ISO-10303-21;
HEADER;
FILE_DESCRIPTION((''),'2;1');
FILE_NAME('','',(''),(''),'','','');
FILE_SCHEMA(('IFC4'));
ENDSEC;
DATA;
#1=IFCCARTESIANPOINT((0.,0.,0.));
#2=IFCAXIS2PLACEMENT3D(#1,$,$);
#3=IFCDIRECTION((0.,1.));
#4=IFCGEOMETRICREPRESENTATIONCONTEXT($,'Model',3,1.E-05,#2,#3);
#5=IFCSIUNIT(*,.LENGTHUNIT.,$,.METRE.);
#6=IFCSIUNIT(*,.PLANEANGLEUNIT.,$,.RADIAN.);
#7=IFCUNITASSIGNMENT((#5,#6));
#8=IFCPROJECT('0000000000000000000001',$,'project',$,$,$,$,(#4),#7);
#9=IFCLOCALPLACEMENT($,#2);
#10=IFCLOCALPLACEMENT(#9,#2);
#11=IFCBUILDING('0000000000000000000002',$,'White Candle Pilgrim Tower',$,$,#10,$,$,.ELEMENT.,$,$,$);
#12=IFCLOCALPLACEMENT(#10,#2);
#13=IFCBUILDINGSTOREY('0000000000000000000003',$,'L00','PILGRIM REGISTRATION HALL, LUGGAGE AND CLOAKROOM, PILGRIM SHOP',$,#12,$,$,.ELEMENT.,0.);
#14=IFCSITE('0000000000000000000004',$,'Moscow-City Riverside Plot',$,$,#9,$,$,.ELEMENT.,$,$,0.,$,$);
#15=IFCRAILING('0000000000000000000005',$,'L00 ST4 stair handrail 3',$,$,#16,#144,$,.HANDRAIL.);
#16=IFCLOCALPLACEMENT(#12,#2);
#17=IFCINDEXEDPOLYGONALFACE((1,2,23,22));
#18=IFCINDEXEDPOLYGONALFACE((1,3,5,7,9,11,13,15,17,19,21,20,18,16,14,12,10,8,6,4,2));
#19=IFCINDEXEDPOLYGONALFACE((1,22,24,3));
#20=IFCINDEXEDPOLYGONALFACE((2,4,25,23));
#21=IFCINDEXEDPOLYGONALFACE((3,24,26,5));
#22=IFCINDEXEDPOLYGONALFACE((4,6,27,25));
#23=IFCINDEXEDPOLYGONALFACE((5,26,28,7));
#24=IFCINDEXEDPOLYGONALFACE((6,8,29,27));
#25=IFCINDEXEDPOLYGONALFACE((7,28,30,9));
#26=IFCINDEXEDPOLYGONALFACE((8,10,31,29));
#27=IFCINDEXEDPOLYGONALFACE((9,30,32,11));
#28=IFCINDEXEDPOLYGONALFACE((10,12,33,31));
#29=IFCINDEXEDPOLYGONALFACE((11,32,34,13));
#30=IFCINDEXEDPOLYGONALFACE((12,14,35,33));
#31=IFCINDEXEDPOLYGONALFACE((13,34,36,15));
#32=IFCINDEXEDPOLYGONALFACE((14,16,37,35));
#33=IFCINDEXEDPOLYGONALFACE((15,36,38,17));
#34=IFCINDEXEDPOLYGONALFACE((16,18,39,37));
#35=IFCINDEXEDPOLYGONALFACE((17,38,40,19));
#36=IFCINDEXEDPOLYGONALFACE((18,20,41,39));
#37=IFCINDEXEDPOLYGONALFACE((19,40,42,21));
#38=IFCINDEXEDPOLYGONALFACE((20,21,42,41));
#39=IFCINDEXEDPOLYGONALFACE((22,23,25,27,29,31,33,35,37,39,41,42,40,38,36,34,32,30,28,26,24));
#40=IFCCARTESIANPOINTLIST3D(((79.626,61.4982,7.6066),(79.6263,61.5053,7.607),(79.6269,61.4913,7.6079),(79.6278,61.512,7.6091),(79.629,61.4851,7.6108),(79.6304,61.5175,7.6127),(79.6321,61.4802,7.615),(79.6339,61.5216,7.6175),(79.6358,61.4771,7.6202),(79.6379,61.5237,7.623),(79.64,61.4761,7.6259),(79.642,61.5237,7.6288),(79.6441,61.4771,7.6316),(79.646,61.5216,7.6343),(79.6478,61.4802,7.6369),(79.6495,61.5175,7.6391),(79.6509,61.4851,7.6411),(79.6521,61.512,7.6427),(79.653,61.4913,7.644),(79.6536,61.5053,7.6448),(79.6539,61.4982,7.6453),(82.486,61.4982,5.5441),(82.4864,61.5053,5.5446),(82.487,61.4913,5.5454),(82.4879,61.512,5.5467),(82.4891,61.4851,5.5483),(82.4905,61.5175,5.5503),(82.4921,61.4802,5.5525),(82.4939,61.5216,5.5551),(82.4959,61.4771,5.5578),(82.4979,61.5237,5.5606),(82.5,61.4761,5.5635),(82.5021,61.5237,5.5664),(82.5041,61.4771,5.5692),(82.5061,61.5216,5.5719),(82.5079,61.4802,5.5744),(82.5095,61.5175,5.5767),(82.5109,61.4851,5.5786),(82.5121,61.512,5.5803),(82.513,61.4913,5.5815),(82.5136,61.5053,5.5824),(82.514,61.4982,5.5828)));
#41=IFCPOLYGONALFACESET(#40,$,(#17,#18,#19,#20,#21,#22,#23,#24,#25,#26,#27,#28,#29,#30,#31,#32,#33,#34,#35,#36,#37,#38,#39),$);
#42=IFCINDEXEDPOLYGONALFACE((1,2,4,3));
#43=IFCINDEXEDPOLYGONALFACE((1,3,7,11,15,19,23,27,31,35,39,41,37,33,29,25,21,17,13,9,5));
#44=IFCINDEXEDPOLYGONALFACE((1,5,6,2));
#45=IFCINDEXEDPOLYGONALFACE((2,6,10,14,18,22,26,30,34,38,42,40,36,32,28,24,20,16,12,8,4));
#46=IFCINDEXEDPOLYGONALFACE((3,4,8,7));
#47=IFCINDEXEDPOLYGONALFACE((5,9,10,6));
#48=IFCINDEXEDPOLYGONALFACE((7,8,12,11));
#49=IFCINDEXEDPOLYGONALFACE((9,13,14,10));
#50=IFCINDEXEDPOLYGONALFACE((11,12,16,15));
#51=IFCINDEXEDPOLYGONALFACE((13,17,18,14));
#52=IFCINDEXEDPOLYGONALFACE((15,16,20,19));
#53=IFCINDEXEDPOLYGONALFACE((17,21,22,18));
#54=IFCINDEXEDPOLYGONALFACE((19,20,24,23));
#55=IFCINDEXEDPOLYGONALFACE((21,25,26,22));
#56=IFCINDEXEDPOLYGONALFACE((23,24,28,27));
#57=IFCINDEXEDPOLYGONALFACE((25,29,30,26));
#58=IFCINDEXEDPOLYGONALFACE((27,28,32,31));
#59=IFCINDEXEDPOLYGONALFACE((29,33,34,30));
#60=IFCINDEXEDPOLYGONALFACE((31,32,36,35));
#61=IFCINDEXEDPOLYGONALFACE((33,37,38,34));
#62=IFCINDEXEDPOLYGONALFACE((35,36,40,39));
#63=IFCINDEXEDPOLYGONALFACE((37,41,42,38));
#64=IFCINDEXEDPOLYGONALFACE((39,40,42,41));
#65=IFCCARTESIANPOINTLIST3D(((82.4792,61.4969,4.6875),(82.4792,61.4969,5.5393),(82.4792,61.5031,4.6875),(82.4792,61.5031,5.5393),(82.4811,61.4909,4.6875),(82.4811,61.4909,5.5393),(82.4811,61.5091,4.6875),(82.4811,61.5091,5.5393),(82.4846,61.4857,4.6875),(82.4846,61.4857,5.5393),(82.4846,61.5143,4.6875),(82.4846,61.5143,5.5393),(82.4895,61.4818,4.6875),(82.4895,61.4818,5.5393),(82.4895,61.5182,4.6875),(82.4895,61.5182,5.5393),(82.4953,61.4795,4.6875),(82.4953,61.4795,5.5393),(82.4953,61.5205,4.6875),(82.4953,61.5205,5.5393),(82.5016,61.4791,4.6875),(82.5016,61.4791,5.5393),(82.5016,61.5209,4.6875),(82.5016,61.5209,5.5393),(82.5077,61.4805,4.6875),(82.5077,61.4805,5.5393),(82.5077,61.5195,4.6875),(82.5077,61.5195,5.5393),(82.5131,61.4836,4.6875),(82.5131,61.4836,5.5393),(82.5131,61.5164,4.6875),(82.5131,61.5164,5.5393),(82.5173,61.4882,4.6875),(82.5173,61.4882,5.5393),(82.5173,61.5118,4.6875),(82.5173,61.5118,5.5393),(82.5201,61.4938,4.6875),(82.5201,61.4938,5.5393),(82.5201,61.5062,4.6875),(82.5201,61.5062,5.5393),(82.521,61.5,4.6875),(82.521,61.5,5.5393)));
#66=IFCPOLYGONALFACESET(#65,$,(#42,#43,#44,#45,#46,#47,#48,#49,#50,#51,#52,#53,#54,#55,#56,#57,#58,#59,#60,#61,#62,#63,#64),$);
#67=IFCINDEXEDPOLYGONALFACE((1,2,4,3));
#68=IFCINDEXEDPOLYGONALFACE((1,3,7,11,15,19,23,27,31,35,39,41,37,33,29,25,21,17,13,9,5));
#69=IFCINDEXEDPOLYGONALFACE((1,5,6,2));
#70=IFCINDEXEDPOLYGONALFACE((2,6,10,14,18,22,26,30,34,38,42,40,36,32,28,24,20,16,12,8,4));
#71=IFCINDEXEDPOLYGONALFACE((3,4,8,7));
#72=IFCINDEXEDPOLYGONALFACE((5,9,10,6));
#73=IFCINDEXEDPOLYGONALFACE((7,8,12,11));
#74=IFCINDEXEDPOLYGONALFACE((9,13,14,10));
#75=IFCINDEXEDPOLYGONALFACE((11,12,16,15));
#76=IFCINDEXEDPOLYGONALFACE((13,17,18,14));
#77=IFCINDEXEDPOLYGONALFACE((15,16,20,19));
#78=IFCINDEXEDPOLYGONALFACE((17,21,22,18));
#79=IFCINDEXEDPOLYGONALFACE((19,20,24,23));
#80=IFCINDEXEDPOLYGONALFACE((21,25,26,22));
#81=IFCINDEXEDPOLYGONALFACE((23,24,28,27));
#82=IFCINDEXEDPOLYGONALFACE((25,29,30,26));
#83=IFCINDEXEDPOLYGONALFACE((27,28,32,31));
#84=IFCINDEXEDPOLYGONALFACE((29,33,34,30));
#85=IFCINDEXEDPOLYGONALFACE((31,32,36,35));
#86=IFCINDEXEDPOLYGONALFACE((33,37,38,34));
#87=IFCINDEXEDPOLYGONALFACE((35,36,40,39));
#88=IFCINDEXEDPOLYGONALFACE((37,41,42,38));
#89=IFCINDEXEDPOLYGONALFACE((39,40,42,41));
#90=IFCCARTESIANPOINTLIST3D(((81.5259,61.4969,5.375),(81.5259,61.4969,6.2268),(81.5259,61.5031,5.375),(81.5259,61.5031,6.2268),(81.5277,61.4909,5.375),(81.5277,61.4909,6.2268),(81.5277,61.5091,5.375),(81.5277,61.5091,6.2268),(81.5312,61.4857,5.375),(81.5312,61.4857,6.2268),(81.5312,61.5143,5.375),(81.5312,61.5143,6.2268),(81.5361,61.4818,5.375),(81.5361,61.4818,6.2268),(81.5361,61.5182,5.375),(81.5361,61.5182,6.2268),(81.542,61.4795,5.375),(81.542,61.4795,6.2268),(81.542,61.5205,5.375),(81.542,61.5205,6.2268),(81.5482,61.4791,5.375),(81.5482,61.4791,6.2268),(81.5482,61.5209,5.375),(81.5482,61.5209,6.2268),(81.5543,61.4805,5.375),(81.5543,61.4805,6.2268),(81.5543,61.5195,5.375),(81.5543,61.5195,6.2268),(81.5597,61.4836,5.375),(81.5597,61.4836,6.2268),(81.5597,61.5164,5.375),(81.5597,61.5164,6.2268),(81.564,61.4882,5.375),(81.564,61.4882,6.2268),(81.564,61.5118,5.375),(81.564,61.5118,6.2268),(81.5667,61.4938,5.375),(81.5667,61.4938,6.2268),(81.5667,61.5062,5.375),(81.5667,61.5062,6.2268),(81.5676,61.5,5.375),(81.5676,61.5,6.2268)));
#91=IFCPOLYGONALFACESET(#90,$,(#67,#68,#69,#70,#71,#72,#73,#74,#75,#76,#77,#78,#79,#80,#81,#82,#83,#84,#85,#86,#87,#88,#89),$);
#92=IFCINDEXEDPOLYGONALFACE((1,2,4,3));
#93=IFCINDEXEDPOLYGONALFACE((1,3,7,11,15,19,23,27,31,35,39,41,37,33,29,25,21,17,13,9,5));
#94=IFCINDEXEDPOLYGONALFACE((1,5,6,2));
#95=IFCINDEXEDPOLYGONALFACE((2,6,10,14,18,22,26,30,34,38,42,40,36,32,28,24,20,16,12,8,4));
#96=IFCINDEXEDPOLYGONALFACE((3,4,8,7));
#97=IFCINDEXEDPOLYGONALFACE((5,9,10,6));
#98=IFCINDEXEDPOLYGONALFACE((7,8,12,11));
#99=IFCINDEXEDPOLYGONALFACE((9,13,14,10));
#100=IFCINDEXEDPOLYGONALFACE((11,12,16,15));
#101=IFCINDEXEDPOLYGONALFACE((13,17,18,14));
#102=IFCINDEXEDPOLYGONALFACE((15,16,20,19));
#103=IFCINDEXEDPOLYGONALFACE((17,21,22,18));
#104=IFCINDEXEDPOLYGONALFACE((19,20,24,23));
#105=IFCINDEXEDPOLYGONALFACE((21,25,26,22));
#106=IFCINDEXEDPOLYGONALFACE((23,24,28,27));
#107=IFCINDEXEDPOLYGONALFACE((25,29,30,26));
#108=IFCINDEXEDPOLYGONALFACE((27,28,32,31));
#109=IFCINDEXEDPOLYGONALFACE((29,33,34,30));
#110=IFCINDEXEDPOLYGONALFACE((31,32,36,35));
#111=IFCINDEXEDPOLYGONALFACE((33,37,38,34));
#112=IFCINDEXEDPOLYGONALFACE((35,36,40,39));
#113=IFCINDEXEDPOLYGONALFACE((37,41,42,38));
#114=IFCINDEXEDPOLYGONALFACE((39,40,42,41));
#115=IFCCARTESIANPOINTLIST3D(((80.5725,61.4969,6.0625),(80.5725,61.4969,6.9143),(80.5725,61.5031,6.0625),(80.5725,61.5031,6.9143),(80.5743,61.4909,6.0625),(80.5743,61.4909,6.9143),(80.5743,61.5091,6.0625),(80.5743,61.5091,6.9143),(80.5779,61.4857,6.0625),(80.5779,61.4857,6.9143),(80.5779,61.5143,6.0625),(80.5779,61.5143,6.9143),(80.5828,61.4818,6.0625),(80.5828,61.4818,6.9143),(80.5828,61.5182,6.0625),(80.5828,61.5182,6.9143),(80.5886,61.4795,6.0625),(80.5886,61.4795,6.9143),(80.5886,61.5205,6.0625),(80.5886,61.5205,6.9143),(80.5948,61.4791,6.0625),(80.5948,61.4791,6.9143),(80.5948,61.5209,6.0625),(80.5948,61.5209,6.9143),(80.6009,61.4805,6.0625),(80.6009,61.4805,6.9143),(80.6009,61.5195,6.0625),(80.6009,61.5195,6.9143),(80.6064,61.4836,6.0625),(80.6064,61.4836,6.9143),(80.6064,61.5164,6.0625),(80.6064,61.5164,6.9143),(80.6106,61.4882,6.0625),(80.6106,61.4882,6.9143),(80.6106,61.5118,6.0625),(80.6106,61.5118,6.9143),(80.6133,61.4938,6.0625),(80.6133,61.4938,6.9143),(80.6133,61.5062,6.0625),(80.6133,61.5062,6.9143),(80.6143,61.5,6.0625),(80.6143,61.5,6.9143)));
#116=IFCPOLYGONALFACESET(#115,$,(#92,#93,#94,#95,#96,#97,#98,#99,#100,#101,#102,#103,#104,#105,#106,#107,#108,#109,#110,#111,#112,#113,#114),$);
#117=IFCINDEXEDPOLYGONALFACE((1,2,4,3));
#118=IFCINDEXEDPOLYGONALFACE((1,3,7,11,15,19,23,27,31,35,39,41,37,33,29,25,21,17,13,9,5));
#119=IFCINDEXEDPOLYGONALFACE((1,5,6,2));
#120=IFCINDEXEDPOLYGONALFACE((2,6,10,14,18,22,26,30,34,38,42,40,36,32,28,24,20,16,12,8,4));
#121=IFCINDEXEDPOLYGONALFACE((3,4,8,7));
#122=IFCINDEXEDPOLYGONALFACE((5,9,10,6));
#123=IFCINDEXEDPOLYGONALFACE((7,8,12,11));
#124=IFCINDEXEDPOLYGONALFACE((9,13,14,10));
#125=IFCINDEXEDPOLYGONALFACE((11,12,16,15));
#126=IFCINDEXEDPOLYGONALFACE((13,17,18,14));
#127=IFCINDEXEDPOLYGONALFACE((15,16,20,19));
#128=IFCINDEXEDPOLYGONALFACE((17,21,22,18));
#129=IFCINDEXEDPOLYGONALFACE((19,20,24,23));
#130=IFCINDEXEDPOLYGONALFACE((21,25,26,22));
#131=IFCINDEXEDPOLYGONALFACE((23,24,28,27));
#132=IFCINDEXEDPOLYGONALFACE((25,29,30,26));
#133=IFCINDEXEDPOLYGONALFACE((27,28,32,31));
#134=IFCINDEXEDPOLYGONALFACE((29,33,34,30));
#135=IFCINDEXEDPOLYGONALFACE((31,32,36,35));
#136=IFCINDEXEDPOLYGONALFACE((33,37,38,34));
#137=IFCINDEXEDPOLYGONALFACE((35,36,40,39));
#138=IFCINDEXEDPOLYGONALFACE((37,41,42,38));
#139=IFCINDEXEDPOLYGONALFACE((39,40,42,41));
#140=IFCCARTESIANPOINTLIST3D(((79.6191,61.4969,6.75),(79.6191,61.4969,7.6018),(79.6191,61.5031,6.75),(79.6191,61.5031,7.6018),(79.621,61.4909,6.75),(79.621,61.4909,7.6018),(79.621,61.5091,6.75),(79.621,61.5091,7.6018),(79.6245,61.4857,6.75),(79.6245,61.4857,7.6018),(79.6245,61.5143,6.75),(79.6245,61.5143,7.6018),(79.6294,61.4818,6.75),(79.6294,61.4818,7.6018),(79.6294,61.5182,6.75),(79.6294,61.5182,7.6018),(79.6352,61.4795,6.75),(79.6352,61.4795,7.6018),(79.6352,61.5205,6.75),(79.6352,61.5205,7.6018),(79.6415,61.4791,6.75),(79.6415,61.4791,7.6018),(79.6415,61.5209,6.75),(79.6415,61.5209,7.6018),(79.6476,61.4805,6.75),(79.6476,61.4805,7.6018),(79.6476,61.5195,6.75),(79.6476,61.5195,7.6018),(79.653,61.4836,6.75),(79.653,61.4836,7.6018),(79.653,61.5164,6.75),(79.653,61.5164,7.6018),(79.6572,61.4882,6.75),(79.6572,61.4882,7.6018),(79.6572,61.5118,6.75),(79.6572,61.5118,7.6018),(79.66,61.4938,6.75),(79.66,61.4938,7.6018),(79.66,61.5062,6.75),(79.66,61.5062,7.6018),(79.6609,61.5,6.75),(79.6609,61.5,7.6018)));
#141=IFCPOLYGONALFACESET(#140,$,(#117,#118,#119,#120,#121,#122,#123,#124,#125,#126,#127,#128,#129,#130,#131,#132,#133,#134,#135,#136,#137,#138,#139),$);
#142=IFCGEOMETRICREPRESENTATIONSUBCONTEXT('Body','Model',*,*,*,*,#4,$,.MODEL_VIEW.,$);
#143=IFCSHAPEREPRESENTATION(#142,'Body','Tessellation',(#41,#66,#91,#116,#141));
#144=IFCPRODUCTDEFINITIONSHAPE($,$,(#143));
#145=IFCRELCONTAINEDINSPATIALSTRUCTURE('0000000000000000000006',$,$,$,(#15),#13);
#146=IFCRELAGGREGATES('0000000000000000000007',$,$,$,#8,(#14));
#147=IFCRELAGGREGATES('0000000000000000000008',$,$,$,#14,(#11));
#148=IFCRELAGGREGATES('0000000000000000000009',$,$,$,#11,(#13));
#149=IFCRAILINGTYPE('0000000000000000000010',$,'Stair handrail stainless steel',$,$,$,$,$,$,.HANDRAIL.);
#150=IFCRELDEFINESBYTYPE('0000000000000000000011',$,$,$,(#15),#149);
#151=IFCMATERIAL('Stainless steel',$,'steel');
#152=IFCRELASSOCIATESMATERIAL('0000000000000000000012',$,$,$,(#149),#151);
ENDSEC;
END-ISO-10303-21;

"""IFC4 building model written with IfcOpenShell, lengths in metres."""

from ifc_helpers import new_model, si_unit, direction, frame, origin, origin_2d, place, context, subcontext, project, spatial, circle, extrude, material, type_object, element, save


model = new_model("IFC4")

# Units and contexts
model_context = context("Model", 3, precision=1e-05, world=origin(), true_north=direction((0.0, 1.0)))
body_context = subcontext(model_context, "Body", "Model", "MODEL_VIEW")
ifc_project = project(units=[si_unit("LENGTHUNIT", "METRE"), si_unit("PLANEANGLEUNIT", "RADIAN")], contexts=[model_context])

# Site, building, storey
site_placement = place(None, origin())
site = spatial("IfcSite", under=ifc_project, at=site_placement, Name="Moscow-City Riverside Plot", CompositionType="ELEMENT", RefElevation=0.0)
building_placement = place(site_placement, origin())
building = spatial("IfcBuilding", under=site, at=building_placement, Name="White Candle Pilgrim Tower", CompositionType="ELEMENT")
storey_placement = place(building_placement, origin())
storey = spatial("IfcBuildingStorey", under=building, at=storey_placement, Name="L00", Description="PILGRIM REGISTRATION HALL, LUGGAGE AND CLOAKROOM, PILGRIM SHOP", CompositionType="ELEMENT", Elevation=0.0)

# Railing
ifc_material_1 = material(Name="Stainless steel", Category="steel")
railing_type_1 = type_object("IfcRailingType", Name="Stair handrail stainless steel", PredefinedType="HANDRAIL", material=ifc_material_1)
for number, where, name in (
    (1, (82.5, 61.5, 4.6875), "L00 ST4 stair handrail 3"),
):
    element("IfcRailing", number, at=place(storey_placement, frame(where)), inside=storey, type_object=railing_type_1, Name=name, PredefinedType="HANDRAIL", context=body_context, shape_type="SweptSolid", body=[
        extrude(circle(Radius=0.0239, at=origin_2d()), frame((0.0, 0.0, 0.876), z_axis=(-0.811101, 0.0, 0.584906), x_axis=(0.0, -1.0, 0.0)), (0.0, 0.0, 1.0), 3.5261),
        extrude(circle(Radius=0.021, at=origin_2d()), origin(), (0.0, 0.0, 1.0), 0.8518),
        extrude(circle(Radius=0.021, at=origin_2d()), frame((-0.9534, 0.0, 0.6875)), (0.0, 0.0, 1.0), 0.8518),
        extrude(circle(Radius=0.021, at=origin_2d()), frame((-1.9067, 0.0, 1.375)), (0.0, 0.0, 1.0), 0.8518),
        extrude(circle(Radius=0.021, at=origin_2d()), frame((-2.8601, 0.0, 2.0625)), (0.0, 0.0, 1.0), 0.8518),
    ])

save(model, "model.ifc")
